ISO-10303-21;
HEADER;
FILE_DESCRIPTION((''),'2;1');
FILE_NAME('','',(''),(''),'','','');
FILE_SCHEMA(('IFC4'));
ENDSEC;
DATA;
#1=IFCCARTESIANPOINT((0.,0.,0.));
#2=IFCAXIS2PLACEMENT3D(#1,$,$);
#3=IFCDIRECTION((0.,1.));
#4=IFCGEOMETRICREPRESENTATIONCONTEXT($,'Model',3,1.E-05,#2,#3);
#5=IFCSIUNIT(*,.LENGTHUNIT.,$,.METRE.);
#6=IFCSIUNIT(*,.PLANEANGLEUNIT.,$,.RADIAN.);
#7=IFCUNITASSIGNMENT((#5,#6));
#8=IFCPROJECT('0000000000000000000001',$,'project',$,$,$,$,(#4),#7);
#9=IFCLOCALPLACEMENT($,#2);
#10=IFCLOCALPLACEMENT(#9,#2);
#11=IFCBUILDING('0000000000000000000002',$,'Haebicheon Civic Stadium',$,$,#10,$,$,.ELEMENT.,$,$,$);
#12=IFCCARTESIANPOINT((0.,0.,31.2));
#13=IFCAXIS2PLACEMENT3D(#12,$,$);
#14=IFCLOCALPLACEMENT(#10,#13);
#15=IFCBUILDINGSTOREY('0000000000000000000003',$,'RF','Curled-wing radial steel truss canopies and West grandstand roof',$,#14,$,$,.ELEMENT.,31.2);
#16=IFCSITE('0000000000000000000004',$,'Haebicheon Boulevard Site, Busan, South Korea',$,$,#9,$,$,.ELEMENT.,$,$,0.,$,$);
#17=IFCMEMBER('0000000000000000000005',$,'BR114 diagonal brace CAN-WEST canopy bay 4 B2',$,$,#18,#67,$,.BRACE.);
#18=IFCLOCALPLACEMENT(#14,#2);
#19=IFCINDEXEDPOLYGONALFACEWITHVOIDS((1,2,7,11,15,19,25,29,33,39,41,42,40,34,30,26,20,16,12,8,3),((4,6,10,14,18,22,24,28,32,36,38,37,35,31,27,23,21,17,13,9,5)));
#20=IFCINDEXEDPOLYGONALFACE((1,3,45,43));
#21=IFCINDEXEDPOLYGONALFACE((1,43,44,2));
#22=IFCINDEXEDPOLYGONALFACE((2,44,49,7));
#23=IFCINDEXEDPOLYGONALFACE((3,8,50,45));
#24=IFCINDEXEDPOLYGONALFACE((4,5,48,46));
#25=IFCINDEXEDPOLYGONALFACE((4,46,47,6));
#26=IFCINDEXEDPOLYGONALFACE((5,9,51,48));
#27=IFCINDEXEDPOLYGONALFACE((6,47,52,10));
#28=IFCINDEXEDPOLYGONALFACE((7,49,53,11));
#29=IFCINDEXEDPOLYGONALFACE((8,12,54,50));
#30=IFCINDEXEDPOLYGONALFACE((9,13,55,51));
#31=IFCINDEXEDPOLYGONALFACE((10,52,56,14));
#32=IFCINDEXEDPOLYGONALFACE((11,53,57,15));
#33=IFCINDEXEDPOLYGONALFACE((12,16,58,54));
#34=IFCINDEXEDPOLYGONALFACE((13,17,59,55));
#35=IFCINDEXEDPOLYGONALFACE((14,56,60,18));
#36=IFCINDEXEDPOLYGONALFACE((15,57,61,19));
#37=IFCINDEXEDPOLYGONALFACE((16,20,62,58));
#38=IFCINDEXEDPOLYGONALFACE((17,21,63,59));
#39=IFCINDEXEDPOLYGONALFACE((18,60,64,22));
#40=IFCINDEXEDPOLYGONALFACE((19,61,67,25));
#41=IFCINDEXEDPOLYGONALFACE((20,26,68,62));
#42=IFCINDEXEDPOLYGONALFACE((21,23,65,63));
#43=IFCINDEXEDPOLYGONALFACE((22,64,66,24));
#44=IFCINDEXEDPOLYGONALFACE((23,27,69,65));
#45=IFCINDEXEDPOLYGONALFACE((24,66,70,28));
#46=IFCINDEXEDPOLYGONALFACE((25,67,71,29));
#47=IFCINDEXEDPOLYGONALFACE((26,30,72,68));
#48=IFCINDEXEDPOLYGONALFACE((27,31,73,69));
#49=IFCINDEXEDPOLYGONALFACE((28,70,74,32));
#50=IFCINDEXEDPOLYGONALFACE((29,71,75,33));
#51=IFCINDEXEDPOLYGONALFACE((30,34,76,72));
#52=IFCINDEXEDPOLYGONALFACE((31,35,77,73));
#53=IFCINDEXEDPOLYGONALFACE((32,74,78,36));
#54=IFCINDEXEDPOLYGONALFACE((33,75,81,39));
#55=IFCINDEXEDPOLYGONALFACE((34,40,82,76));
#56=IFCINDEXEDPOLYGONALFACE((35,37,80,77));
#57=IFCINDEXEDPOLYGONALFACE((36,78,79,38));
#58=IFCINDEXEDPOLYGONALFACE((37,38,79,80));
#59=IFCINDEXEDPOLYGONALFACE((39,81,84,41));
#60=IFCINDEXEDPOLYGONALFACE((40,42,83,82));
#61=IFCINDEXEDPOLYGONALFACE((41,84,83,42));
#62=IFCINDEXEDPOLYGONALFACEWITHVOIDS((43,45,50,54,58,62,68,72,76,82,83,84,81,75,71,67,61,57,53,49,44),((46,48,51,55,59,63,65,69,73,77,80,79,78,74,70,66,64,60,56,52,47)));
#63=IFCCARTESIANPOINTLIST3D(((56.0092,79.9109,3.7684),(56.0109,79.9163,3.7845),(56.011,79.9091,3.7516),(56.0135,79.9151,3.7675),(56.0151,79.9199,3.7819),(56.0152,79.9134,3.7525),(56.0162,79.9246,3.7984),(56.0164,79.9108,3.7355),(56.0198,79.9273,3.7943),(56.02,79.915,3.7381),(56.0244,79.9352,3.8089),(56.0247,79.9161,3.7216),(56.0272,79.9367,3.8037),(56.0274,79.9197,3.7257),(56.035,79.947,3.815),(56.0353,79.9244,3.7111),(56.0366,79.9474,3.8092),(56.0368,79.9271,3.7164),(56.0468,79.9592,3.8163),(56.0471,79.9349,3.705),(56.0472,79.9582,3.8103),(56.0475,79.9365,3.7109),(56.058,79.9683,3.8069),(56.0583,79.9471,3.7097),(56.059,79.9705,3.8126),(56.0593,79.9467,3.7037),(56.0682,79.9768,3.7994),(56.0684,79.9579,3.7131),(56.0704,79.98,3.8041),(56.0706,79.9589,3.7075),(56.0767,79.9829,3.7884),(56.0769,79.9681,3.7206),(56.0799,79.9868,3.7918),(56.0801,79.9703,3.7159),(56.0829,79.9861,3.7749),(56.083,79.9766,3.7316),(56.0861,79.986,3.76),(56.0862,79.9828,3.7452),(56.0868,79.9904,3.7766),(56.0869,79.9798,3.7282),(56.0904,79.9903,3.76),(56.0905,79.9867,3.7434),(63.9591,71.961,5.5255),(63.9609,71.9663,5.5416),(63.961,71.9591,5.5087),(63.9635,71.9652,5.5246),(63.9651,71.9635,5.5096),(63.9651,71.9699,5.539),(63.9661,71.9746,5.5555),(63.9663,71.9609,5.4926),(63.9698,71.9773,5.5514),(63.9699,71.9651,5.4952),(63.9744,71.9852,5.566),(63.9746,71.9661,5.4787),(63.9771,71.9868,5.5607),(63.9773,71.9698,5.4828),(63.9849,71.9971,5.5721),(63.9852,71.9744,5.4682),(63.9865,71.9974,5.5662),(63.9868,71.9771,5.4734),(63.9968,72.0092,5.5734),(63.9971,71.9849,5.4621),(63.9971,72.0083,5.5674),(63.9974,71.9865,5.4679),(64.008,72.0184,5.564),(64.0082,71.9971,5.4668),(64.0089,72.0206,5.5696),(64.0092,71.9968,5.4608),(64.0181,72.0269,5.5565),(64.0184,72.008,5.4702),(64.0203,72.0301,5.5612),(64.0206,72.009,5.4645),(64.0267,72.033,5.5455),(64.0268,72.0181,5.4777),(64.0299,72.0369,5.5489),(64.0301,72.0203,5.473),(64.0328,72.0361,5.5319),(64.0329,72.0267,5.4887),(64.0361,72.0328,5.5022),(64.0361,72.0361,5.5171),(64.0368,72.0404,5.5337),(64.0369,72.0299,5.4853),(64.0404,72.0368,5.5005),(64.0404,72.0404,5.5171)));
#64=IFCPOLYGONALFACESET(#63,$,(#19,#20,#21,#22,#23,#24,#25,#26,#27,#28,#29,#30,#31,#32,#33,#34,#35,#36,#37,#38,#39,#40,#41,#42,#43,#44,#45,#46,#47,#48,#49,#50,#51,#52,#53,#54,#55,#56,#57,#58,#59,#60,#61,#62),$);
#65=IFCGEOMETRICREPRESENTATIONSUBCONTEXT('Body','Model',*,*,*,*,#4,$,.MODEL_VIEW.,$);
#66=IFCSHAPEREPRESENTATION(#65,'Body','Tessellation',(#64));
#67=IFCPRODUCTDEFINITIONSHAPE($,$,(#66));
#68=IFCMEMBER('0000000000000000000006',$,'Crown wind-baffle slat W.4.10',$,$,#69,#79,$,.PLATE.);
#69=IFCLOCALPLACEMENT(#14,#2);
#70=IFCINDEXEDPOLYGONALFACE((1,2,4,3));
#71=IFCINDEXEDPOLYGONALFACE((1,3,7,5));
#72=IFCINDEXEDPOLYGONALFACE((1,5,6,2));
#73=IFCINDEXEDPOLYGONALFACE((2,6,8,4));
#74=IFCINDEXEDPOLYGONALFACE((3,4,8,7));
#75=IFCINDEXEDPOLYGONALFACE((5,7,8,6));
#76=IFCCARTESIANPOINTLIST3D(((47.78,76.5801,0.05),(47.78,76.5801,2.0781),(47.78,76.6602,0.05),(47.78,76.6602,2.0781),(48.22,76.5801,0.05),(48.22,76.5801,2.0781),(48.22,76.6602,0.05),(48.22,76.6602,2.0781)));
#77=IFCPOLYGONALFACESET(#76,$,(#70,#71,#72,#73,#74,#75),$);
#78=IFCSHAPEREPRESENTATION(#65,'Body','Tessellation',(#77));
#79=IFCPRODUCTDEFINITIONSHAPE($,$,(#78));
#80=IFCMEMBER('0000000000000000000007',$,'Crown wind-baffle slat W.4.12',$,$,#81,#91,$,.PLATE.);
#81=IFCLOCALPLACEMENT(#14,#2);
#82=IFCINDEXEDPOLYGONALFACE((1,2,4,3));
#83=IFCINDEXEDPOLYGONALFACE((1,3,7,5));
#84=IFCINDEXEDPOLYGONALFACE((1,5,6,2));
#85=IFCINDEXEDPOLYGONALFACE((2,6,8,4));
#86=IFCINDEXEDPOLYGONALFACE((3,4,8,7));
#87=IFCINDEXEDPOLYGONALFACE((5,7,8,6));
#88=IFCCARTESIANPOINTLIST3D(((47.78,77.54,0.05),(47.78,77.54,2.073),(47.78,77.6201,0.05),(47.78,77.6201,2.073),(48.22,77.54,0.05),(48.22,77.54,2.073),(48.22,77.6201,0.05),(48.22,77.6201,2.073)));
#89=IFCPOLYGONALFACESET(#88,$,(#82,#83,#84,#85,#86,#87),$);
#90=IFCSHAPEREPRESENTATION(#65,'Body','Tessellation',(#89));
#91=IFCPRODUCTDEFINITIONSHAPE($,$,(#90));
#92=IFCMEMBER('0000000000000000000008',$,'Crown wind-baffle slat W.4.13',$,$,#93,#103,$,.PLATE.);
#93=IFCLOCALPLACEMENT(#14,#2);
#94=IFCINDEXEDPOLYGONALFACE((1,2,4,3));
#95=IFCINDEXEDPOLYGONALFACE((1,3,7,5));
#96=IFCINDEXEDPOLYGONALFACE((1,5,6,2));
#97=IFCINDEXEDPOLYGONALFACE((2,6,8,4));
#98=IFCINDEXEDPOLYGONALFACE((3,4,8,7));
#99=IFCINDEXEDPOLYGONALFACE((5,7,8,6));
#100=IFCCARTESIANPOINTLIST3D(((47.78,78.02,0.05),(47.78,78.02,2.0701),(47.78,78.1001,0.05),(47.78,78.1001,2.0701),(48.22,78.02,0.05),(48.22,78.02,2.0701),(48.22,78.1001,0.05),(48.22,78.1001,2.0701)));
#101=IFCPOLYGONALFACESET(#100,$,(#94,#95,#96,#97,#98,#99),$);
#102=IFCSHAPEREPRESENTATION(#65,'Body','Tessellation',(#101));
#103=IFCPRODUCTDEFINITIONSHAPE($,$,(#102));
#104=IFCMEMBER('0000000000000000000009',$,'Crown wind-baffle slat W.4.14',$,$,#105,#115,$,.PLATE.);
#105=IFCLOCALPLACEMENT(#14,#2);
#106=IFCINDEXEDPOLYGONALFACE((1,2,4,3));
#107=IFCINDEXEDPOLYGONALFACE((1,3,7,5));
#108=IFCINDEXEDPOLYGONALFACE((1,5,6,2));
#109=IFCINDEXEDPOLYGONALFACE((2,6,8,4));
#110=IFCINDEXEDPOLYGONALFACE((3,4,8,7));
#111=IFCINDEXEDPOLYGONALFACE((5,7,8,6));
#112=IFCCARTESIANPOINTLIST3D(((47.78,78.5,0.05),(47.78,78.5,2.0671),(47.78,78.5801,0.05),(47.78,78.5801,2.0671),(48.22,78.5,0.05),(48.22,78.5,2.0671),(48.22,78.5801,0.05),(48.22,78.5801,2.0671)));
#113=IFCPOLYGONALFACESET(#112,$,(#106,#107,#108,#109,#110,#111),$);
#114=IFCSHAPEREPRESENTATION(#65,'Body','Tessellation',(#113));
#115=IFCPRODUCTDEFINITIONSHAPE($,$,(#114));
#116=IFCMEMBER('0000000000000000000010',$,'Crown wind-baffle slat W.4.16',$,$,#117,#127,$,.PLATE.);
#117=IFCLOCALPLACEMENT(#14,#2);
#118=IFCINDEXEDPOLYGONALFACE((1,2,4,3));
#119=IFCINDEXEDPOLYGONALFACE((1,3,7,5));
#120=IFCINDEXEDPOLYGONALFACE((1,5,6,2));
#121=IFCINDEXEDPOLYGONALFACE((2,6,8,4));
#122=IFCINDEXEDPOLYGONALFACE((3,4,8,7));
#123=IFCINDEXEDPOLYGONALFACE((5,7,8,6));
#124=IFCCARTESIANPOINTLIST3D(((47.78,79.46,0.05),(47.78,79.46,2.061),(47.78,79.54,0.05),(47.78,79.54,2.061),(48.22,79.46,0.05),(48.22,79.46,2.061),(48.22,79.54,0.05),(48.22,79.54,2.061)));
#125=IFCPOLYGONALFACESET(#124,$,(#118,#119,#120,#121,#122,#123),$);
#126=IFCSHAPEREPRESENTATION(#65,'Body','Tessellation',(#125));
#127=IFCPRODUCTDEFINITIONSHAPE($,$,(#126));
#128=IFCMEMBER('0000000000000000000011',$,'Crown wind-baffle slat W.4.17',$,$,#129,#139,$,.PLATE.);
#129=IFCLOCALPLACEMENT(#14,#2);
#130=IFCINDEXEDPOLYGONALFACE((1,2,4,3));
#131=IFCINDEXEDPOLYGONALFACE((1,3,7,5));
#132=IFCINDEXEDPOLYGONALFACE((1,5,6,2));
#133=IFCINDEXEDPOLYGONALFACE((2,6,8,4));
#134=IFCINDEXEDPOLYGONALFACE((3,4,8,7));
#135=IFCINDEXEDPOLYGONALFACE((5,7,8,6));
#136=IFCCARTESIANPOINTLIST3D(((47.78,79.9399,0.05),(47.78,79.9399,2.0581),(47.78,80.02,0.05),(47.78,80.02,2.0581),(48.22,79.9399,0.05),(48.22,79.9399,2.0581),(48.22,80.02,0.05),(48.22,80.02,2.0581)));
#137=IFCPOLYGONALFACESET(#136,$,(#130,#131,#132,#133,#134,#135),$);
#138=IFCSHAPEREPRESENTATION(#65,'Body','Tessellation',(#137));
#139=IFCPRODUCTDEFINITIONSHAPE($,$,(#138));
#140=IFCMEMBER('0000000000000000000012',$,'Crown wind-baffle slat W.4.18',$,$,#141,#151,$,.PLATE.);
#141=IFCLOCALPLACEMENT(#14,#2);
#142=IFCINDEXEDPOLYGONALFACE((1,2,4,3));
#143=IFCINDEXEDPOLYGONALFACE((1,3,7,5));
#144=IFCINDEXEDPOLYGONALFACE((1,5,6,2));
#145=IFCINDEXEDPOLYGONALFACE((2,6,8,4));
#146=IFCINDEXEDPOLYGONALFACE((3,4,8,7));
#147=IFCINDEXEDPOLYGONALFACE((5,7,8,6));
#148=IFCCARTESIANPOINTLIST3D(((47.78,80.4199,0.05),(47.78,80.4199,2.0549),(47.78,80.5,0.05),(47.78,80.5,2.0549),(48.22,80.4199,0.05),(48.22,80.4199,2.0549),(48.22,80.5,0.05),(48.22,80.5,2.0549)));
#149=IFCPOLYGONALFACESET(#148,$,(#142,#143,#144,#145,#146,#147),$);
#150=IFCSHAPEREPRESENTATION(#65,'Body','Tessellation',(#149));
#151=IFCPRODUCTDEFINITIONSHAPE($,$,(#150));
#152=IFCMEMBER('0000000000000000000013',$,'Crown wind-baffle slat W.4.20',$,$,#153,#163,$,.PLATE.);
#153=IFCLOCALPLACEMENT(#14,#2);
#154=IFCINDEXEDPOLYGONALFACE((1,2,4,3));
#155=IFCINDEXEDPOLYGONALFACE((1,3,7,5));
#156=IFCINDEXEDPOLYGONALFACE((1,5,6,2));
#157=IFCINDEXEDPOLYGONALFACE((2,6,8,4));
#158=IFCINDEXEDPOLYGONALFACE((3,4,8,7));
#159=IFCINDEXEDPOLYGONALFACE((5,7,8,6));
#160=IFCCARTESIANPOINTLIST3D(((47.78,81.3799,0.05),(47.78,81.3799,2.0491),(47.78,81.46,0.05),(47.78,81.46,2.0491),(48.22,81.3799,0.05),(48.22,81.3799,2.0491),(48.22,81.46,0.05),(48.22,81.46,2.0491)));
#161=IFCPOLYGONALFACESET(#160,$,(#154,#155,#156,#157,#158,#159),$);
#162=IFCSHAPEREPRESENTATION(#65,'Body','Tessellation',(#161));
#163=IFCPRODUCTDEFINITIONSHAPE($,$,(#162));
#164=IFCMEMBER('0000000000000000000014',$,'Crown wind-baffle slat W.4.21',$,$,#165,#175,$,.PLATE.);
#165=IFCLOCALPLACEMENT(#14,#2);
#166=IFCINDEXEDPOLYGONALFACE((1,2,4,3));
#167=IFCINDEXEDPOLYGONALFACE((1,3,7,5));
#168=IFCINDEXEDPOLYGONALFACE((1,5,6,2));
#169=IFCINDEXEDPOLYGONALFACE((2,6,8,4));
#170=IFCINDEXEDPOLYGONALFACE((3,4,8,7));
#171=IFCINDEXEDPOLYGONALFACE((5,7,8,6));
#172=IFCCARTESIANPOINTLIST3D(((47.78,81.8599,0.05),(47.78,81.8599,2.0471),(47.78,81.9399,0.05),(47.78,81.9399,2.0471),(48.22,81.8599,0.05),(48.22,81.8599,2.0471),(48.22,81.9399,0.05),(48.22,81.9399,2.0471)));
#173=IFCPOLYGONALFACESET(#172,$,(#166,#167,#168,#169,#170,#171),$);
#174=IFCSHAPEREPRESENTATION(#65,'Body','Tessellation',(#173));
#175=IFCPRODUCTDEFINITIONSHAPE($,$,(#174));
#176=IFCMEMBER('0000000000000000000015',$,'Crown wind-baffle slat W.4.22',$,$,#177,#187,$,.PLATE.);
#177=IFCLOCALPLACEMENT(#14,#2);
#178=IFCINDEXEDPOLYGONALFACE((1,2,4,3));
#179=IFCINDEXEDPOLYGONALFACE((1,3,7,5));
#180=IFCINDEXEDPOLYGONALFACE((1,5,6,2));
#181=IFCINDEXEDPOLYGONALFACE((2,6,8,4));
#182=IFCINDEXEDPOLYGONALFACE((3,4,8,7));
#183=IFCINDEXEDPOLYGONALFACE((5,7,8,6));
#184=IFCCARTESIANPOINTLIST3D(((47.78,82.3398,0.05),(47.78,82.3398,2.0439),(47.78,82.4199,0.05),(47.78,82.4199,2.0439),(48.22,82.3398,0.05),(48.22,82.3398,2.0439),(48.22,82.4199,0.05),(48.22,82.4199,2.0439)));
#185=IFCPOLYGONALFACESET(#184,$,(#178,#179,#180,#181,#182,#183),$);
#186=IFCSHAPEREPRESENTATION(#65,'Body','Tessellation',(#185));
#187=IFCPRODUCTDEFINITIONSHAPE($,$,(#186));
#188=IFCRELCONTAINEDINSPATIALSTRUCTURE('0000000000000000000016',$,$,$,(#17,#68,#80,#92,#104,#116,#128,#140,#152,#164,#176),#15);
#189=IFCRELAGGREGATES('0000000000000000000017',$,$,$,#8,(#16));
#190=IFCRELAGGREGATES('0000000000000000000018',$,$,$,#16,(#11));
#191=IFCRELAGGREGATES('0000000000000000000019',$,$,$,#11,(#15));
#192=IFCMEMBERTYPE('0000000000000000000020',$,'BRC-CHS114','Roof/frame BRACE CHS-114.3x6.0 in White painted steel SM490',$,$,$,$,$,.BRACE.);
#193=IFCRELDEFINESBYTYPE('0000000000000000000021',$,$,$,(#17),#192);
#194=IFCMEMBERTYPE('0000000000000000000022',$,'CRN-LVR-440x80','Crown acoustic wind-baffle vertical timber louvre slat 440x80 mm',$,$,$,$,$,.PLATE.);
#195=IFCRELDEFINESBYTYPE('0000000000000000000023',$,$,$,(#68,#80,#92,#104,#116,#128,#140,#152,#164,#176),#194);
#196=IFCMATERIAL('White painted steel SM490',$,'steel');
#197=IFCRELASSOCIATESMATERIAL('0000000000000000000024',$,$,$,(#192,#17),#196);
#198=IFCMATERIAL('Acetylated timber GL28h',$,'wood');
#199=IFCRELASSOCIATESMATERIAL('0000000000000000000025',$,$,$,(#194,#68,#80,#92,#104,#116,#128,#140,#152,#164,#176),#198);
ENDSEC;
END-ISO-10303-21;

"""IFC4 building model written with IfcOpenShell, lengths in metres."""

from ifc_helpers import new_model, si_unit, direction, frame, origin, origin_2d, place, context, subcontext, project, spatial, rectangle, hollow_circle, extrude, material, material_profile, profile_set, type_object, element, save


model = new_model("IFC4")

# Units and contexts
model_context = context("Model", 3, precision=1e-05, world=origin(), true_north=direction((0.0, 1.0)))
body_context = subcontext(model_context, "Body", "Model", "MODEL_VIEW")
ifc_project = project(units=[si_unit("LENGTHUNIT", "METRE"), si_unit("PLANEANGLEUNIT", "RADIAN")], contexts=[model_context])

# Site, building, storey
site_placement = place(None, origin())
site = spatial("IfcSite", under=ifc_project, at=site_placement, Name="Haebicheon Boulevard Site, Busan, South Korea", CompositionType="ELEMENT", RefElevation=0.0)
building_placement = place(site_placement, origin())
building = spatial("IfcBuilding", under=site, at=building_placement, Name="Haebicheon Civic Stadium", CompositionType="ELEMENT")
storey_placement = place(building_placement, frame((0.0, 0.0, 31.2)))
storey = spatial("IfcBuildingStorey", under=building, at=storey_placement, Name="RF", Description="Curled-wing radial steel truss canopies and West grandstand roof", CompositionType="ELEMENT", Elevation=31.2)

# Members
ifc_material_1 = material(Name="White painted steel SM490", Category="steel")
ifc_material_profile_1 = material_profile(ifc_material_1, hollow_circle(Radius=0.0571, WallThickness=0.0061, at=origin_2d()), Name="CHS-114.3x6.0")
ifc_profile_set_1 = profile_set([ifc_material_profile_1], Name="White painted steel SM490")
member_type_1 = type_object("IfcMemberType", Name="BRC-CHS114", Description="Roof/frame BRACE CHS-114.3x6.0 in White painted steel SM490", PredefinedType="BRACE", material=ifc_profile_set_1)
member_1_placement = place(storey_placement, frame((56.05, 79.95, 3.76), z_axis=(0.698626, -0.698626, 0.154409), x_axis=(0.707107, 0.707107, 0.0)))
element("IfcMember", 1, at=member_1_placement, inside=storey, type_object=member_type_1, material=ifc_profile_set_1, Name="BR114 diagonal brace CAN-WEST canopy bay 4 B2", PredefinedType="BRACE", context=body_context, shape_type="SweptSolid", body=[
    extrude(hollow_circle(Radius=0.0571, WallThickness=0.0061, at=origin_2d()), origin(), (0.0, 0.0, 1.0), 11.3794),
])
ifc_material_2 = material(Name="Acetylated timber GL28h", Category="wood")
ifc_material_profile_2 = material_profile(ifc_material_2, rectangle(XDim=0.0801, YDim=0.4399, at=origin_2d()), Name="TMB-LOUV-80x440")
ifc_profile_set_2 = profile_set([ifc_material_profile_2], Name="Acetylated timber GL28h")
member_type_2 = type_object("IfcMemberType", Name="CRN-LVR-440x80", Description="Crown acoustic wind-baffle vertical timber louvre slat 440x80 mm", PredefinedType="PLATE", material=ifc_profile_set_2)
member_2_placement = place(storey_placement, frame((48.0, 76.6201, 0.05), z_axis=(0.0, 0.0, 1.0), x_axis=(0.0, 1.0, 0.0)))
element("IfcMember", 2, at=member_2_placement, inside=storey, type_object=member_type_2, material=ifc_profile_set_2, Name="Crown wind-baffle slat W.4.10", PredefinedType="PLATE", context=body_context, shape_type="SweptSolid", body=[
    extrude(rectangle(XDim=0.0801, YDim=0.4399, at=origin_2d()), origin(), (0.0, 0.0, 1.0), 2.0281),
])
member_3_placement = place(storey_placement, frame((48.0, 77.5801, 0.05), z_axis=(0.0, 0.0, 1.0), x_axis=(0.0, 1.0, 0.0)))
element("IfcMember", 3, at=member_3_placement, inside=storey, type_object=member_type_2, material=ifc_profile_set_2, Name="Crown wind-baffle slat W.4.12", PredefinedType="PLATE", context=body_context, shape_type="SweptSolid", body=[
    extrude(rectangle(XDim=0.0801, YDim=0.4399, at=origin_2d()), origin(), (0.0, 0.0, 1.0), 2.0229),
])
member_4_placement = place(storey_placement, frame((48.0, 78.0601, 0.05), z_axis=(0.0, 0.0, 1.0), x_axis=(0.0, 1.0, 0.0)))
element("IfcMember", 4, at=member_4_placement, inside=storey, type_object=member_type_2, material=ifc_profile_set_2, Name="Crown wind-baffle slat W.4.13", PredefinedType="PLATE", context=body_context, shape_type="SweptSolid", body=[
    extrude(rectangle(XDim=0.0801, YDim=0.4399, at=origin_2d()), origin(), (0.0, 0.0, 1.0), 2.02),
])
member_5_placement = place(storey_placement, frame((48.0, 78.54, 0.05), z_axis=(0.0, 0.0, 1.0), x_axis=(0.0, 1.0, 0.0)))
element("IfcMember", 5, at=member_5_placement, inside=storey, type_object=member_type_2, material=ifc_profile_set_2, Name="Crown wind-baffle slat W.4.14", PredefinedType="PLATE", context=body_context, shape_type="SweptSolid", body=[
    extrude(rectangle(XDim=0.0801, YDim=0.4399, at=origin_2d()), origin(), (0.0, 0.0, 1.0), 2.0171),
])
member_6_placement = place(storey_placement, frame((48.0, 79.5, 0.05), z_axis=(0.0, 0.0, 1.0), x_axis=(0.0, 1.0, 0.0)))
element("IfcMember", 6, at=member_6_placement, inside=storey, type_object=member_type_2, material=ifc_profile_set_2, Name="Crown wind-baffle slat W.4.16", PredefinedType="PLATE", context=body_context, shape_type="SweptSolid", body=[
    extrude(rectangle(XDim=0.0801, YDim=0.4399, at=origin_2d()), origin(), (0.0, 0.0, 1.0), 2.011),
])
member_7_placement = place(storey_placement, frame((48.0, 79.98, 0.05), z_axis=(0.0, 0.0, 1.0), x_axis=(0.0, 1.0, 0.0)))
element("IfcMember", 7, at=member_7_placement, inside=storey, type_object=member_type_2, material=ifc_profile_set_2, Name="Crown wind-baffle slat W.4.17", PredefinedType="PLATE", context=body_context, shape_type="SweptSolid", body=[
    extrude(rectangle(XDim=0.0801, YDim=0.4399, at=origin_2d()), origin(), (0.0, 0.0, 1.0), 2.0081),
])
member_8_placement = place(storey_placement, frame((48.0, 80.46, 0.05), z_axis=(0.0, 0.0, 1.0), x_axis=(0.0, 1.0, 0.0)))
element("IfcMember", 8, at=member_8_placement, inside=storey, type_object=member_type_2, material=ifc_profile_set_2, Name="Crown wind-baffle slat W.4.18", PredefinedType="PLATE", context=body_context, shape_type="SweptSolid", body=[
    extrude(rectangle(XDim=0.0801, YDim=0.4399, at=origin_2d()), origin(), (0.0, 0.0, 1.0), 2.0049),
])
member_9_placement = place(storey_placement, frame((48.0, 81.4199, 0.05), z_axis=(0.0, 0.0, 1.0), x_axis=(0.0, 1.0, 0.0)))
element("IfcMember", 9, at=member_9_placement, inside=storey, type_object=member_type_2, material=ifc_profile_set_2, Name="Crown wind-baffle slat W.4.20", PredefinedType="PLATE", context=body_context, shape_type="SweptSolid", body=[
    extrude(rectangle(XDim=0.0801, YDim=0.4399, at=origin_2d()), origin(), (0.0, 0.0, 1.0), 1.999),
])
member_10_placement = place(storey_placement, frame((48.0, 81.8999, 0.05), z_axis=(0.0, 0.0, 1.0), x_axis=(0.0, 1.0, 0.0)))
element("IfcMember", 10, at=member_10_placement, inside=storey, type_object=member_type_2, material=ifc_profile_set_2, Name="Crown wind-baffle slat W.4.21", PredefinedType="PLATE", context=body_context, shape_type="SweptSolid", body=[
    extrude(rectangle(XDim=0.0801, YDim=0.4399, at=origin_2d()), origin(), (0.0, 0.0, 1.0), 1.9971),
])
member_11_placement = place(storey_placement, frame((48.0, 82.3799, 0.05), z_axis=(0.0, 0.0, 1.0), x_axis=(0.0, 1.0, 0.0)))
element("IfcMember", 11, at=member_11_placement, inside=storey, type_object=member_type_2, material=ifc_profile_set_2, Name="Crown wind-baffle slat W.4.22", PredefinedType="PLATE", context=body_context, shape_type="SweptSolid", body=[
    extrude(rectangle(XDim=0.0801, YDim=0.4399, at=origin_2d()), origin(), (0.0, 0.0, 1.0), 1.9939),
])

save(model, "model.ifc")
